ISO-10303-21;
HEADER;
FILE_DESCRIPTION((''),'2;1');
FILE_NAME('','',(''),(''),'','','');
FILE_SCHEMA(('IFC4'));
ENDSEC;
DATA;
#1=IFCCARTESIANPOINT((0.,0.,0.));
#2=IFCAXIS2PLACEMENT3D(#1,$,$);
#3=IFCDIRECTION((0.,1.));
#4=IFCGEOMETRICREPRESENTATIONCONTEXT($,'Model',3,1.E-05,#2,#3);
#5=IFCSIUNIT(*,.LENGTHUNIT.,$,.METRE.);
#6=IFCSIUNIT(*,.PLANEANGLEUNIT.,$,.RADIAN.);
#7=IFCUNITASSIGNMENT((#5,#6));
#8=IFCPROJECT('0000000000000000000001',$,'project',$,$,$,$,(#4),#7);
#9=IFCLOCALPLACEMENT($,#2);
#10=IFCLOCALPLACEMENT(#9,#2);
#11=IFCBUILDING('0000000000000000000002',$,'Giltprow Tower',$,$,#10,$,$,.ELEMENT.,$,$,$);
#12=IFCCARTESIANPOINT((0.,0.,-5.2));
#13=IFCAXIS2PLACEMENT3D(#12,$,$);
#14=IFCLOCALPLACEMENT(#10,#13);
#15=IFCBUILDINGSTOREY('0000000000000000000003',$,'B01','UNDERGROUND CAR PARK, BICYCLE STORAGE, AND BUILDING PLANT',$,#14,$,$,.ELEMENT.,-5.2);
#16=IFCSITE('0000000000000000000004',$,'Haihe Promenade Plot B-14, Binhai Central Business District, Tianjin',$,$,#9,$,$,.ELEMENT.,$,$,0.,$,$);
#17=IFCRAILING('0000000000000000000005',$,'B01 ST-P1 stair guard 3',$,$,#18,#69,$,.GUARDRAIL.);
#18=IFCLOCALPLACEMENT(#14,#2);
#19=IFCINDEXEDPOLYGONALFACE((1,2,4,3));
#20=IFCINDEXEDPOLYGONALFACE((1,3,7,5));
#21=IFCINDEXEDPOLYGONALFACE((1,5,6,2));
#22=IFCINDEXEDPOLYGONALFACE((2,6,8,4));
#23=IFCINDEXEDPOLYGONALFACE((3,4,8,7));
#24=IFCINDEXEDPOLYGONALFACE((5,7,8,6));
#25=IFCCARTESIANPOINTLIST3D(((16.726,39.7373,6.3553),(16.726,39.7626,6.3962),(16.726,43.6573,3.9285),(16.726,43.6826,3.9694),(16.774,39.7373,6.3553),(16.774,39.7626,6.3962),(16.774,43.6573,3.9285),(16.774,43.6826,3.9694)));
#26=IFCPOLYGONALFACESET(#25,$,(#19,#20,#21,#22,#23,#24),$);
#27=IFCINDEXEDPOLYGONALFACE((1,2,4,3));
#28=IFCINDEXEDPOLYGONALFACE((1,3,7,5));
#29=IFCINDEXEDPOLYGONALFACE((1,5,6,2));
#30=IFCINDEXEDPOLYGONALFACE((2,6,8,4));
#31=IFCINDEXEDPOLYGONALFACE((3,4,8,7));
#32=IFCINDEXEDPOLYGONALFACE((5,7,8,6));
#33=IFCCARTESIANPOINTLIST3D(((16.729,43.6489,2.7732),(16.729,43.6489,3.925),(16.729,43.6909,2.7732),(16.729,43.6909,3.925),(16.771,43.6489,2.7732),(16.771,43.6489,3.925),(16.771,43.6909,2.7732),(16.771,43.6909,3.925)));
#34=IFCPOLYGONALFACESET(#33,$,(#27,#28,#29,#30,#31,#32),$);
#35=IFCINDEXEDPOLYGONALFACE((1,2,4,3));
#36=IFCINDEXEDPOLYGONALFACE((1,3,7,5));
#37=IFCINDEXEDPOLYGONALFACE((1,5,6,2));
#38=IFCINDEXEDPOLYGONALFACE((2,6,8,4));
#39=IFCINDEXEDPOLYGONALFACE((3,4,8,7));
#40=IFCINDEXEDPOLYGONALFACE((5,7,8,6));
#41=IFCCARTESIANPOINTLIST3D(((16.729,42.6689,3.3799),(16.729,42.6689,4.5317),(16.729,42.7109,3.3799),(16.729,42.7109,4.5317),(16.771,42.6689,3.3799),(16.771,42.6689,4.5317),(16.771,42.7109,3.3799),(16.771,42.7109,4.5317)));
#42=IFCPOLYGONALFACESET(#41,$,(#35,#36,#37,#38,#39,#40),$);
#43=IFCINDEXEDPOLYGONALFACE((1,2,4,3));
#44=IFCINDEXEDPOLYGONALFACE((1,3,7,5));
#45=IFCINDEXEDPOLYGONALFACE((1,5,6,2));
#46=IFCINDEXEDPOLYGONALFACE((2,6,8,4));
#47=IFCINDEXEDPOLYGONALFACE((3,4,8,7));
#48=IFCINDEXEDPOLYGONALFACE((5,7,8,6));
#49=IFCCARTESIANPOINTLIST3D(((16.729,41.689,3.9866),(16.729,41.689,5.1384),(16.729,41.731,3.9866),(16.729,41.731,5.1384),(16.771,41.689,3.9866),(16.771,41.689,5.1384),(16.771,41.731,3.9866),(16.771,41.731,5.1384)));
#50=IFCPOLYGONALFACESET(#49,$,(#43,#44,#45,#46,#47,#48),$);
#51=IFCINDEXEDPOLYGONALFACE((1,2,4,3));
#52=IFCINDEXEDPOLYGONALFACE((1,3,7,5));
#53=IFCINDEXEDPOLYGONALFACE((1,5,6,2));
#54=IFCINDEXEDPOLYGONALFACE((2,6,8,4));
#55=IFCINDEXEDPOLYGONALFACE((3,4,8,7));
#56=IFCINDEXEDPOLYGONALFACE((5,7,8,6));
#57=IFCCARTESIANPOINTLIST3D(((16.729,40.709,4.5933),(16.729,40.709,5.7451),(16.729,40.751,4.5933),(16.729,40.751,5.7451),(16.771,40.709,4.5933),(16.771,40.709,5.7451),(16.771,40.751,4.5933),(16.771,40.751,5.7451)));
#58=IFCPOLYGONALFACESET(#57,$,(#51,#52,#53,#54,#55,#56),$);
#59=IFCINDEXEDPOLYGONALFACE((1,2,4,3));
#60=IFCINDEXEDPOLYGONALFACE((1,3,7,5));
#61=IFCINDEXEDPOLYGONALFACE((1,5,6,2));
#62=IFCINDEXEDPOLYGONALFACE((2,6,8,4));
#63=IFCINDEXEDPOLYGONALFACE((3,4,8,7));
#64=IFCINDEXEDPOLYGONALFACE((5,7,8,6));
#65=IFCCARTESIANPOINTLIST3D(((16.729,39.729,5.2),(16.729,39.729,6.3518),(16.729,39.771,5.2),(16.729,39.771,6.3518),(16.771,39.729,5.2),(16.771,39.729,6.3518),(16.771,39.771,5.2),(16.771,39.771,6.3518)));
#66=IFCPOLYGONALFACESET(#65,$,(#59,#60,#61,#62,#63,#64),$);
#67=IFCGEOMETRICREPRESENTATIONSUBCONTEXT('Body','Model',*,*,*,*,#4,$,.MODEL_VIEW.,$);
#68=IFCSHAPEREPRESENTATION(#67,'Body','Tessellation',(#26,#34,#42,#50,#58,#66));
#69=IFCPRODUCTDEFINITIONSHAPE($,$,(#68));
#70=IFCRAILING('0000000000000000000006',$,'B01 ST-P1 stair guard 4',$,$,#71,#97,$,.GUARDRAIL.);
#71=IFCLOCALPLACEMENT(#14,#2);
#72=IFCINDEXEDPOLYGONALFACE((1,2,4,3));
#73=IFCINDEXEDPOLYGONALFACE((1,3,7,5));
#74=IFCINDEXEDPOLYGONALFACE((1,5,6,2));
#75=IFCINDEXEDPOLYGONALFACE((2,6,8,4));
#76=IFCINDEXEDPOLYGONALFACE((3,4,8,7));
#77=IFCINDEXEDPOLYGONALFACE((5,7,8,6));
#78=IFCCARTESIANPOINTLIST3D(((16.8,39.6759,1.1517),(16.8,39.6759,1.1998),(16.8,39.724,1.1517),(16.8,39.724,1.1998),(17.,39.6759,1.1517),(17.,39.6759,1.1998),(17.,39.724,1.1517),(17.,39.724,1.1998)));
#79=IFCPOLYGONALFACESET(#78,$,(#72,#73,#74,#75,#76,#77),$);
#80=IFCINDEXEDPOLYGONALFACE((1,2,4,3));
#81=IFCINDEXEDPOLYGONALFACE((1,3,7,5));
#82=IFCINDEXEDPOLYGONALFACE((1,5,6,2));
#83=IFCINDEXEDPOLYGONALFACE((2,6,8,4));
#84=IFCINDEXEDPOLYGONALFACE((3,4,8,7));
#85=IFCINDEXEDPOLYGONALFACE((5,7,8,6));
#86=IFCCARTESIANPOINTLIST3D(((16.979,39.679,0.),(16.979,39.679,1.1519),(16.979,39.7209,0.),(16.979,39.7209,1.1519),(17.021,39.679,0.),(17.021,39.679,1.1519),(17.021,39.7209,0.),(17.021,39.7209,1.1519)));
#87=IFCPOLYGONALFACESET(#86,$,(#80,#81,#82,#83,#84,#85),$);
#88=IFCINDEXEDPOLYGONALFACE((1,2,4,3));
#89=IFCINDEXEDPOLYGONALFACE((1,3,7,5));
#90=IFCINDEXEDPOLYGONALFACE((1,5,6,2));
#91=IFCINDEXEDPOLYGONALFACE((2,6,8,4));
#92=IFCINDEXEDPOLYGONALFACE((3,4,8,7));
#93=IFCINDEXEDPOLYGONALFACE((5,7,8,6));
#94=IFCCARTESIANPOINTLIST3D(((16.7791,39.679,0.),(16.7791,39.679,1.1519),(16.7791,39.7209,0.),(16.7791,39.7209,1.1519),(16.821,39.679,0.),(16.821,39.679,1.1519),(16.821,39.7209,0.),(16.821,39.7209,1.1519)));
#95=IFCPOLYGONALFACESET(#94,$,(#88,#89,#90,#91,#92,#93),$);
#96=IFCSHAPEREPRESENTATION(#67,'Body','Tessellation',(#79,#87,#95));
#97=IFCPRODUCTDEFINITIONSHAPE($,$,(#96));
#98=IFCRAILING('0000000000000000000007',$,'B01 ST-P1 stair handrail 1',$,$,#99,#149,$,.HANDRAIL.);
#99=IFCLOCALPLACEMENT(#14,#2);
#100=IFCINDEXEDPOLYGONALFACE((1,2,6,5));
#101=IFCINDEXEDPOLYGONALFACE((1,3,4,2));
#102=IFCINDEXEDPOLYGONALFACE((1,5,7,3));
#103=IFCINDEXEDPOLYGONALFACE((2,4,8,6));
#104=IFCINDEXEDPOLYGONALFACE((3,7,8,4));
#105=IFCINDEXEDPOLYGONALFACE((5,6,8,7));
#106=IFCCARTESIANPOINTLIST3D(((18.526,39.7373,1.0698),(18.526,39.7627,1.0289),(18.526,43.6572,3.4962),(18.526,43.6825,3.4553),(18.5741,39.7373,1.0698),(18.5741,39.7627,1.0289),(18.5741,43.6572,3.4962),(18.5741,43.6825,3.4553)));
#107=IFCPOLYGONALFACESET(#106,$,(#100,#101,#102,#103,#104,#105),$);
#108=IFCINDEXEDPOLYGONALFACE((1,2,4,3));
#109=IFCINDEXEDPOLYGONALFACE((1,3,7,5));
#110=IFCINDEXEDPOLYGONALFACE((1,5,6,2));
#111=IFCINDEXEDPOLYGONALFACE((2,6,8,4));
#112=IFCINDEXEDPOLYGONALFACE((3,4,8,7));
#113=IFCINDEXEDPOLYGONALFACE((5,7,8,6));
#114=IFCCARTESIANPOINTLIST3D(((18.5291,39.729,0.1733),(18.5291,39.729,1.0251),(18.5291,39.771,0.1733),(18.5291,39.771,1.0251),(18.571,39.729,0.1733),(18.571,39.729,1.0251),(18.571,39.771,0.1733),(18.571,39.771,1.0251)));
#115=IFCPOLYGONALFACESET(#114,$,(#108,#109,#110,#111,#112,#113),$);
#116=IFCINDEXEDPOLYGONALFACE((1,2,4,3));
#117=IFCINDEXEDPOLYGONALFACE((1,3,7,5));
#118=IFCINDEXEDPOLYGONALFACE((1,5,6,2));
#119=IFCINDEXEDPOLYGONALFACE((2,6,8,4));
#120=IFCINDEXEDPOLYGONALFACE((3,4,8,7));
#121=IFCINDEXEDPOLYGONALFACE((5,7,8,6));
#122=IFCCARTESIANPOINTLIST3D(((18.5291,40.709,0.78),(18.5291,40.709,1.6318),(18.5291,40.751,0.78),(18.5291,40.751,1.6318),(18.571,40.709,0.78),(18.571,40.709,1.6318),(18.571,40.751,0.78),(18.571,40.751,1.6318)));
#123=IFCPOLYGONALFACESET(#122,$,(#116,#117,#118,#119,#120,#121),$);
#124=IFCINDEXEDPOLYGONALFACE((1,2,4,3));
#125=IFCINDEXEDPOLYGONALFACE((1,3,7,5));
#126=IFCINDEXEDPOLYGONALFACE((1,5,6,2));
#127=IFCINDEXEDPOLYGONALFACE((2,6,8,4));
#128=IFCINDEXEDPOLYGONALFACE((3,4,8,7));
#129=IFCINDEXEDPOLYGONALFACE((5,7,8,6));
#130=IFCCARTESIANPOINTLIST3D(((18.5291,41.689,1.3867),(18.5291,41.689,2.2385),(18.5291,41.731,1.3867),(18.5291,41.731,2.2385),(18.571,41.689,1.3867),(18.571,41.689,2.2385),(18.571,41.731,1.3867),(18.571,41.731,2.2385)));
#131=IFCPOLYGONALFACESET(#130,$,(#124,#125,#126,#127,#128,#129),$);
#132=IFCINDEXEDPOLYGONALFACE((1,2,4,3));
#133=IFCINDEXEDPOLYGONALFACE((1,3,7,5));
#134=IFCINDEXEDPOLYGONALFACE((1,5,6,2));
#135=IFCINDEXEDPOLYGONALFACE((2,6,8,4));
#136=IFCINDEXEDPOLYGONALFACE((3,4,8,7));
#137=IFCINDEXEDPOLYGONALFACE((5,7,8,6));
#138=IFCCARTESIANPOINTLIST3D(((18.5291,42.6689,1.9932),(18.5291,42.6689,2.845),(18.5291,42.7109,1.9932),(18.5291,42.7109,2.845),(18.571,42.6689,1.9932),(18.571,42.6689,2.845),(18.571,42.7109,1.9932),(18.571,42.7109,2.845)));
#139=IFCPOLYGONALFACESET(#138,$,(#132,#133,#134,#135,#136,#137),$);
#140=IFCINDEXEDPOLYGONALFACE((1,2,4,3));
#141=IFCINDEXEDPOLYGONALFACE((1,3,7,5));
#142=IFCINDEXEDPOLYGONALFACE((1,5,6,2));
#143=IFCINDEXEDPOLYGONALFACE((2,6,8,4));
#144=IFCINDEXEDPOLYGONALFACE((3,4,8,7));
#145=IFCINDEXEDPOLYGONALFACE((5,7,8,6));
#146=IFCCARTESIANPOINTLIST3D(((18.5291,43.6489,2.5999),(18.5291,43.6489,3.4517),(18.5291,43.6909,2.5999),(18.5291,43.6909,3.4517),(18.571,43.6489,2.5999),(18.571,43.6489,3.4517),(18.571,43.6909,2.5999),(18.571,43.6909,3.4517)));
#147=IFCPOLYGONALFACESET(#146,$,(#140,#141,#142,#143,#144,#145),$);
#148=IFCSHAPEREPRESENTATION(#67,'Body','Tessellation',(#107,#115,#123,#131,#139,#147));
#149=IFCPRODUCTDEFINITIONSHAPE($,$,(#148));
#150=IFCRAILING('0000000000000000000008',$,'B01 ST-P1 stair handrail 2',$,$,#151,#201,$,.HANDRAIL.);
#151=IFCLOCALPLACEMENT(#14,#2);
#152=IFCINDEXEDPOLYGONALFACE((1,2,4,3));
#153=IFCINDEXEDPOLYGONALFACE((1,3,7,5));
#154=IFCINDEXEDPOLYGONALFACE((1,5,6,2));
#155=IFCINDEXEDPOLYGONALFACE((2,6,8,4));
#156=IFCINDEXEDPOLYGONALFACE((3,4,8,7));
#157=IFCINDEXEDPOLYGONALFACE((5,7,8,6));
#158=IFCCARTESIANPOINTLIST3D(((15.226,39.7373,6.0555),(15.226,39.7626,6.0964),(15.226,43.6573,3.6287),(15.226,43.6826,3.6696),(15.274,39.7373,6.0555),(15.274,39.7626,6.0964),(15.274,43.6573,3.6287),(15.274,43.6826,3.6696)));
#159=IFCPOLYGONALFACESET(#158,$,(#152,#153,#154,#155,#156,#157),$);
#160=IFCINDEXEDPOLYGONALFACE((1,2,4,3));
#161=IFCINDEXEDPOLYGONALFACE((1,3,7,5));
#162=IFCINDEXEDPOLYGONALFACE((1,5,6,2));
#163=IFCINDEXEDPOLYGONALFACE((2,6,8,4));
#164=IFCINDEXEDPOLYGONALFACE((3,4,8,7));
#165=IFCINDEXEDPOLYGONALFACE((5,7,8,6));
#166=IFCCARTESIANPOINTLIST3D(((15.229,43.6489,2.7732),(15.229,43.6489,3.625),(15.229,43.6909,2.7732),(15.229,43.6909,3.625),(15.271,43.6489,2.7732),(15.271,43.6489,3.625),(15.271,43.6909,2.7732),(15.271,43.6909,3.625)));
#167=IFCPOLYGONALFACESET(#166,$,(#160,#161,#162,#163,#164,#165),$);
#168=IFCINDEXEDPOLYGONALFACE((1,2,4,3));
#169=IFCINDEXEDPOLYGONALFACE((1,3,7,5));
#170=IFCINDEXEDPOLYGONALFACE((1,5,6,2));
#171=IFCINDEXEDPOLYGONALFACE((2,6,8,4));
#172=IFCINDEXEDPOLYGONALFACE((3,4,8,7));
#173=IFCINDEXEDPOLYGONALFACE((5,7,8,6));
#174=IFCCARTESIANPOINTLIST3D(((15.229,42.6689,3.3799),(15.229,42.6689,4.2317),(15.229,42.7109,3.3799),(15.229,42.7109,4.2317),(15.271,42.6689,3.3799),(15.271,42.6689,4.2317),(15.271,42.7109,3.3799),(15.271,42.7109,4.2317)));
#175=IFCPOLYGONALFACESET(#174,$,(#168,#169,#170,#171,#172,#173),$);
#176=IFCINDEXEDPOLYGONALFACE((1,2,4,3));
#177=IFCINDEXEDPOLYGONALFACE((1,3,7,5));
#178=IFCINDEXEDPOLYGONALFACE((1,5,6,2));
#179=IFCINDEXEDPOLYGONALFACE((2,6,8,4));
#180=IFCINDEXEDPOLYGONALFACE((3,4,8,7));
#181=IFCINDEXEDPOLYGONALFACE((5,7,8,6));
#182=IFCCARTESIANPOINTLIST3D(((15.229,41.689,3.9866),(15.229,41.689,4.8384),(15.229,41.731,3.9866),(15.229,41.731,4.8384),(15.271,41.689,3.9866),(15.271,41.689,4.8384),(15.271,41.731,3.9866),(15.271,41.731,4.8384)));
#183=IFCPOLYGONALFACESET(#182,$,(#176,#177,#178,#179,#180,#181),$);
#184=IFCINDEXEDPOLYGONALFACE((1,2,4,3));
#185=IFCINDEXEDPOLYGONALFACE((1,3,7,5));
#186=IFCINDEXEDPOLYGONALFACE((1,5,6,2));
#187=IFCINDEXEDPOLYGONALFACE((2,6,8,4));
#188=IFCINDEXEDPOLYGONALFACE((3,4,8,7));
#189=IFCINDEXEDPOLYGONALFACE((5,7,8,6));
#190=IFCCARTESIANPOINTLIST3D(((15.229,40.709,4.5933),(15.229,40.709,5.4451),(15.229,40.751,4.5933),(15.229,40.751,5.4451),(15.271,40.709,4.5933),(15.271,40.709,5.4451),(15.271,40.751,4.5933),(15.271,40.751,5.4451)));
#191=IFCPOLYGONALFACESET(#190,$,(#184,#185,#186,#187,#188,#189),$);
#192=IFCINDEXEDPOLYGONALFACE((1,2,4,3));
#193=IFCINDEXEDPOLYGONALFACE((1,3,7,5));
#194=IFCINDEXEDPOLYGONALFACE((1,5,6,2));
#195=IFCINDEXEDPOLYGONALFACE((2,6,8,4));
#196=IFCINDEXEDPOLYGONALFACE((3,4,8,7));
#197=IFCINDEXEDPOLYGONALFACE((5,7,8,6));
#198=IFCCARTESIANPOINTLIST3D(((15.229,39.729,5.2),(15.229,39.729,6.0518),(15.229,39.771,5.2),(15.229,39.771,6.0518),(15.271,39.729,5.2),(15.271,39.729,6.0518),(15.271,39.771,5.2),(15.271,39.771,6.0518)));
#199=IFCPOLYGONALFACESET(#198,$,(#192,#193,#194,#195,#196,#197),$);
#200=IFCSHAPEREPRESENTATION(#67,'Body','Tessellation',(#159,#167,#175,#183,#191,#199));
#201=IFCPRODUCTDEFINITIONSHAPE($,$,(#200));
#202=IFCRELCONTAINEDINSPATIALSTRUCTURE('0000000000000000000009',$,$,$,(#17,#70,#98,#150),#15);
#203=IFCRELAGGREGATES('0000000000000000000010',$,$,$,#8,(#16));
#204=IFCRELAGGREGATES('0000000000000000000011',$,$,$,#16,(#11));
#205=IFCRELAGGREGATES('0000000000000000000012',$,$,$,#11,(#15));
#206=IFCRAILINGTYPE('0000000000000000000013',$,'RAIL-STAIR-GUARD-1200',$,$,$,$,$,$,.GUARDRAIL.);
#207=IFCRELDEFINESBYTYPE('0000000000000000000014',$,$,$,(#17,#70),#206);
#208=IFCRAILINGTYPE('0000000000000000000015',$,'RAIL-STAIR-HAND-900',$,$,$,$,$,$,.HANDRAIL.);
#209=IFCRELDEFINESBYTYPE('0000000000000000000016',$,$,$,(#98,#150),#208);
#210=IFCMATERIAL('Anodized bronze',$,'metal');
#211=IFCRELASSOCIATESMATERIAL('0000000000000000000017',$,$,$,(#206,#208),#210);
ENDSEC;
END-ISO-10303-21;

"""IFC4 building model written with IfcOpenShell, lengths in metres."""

from ifc_helpers import new_model, si_unit, direction, frame, origin, origin_2d, place, context, subcontext, project, spatial, rectangle, extrude, material, type_object, element, save


model = new_model("IFC4")

# Units and contexts
model_context = context("Model", 3, precision=1e-05, world=origin(), true_north=direction((0.0, 1.0)))
body_context = subcontext(model_context, "Body", "Model", "MODEL_VIEW")
ifc_project = project(units=[si_unit("LENGTHUNIT", "METRE"), si_unit("PLANEANGLEUNIT", "RADIAN")], contexts=[model_context])

# Site, building, storey
site_placement = place(None, origin())
site = spatial("IfcSite", under=ifc_project, at=site_placement, Name="Haihe Promenade Plot B-14, Binhai Central Business District, Tianjin", CompositionType="ELEMENT", RefElevation=0.0)
building_placement = place(site_placement, origin())
building = spatial("IfcBuilding", under=site, at=building_placement, Name="Giltprow Tower", CompositionType="ELEMENT")
storey_placement = place(building_placement, frame((0.0, 0.0, -5.2)))
storey = spatial("IfcBuildingStorey", under=building, at=storey_placement, Name="B01", Description="UNDERGROUND CAR PARK, BICYCLE STORAGE, AND BUILDING PLANT", CompositionType="ELEMENT", Elevation=-5.2)

# Railings
ifc_material_1 = material(Name="Anodized bronze", Category="metal")
railing_type_1 = type_object("IfcRailingType", Name="RAIL-STAIR-GUARD-1200", PredefinedType="GUARDRAIL", material=ifc_material_1)
railing_1_placement = place(storey_placement, frame((16.75, 43.6699, 2.7732)))
element("IfcRailing", 1, at=railing_1_placement, inside=storey, type_object=railing_type_1, Name="B01 ST-P1 stair guard 3", PredefinedType="GUARDRAIL", context=body_context, shape_type="SweptSolid", body=[
    extrude(rectangle(XDim=0.0481, YDim=0.0481, at=origin_2d()), frame((0.0, 0.0, 1.1758), z_axis=(0.0, -0.850252, 0.526376), x_axis=(1.0, 0.0, 0.0)), (0.0, 0.0, 1.0), 4.6104),
    extrude(rectangle(XDim=0.042, YDim=0.042, at=origin_2d()), origin(), (0.0, 0.0, 1.0), 1.1519),
    extrude(rectangle(XDim=0.042, YDim=0.042, at=origin_2d()), frame((0.0, -0.98, 0.6067)), (0.0, 0.0, 1.0), 1.1519),
    extrude(rectangle(XDim=0.042, YDim=0.042, at=origin_2d()), frame((0.0, -1.96, 1.2134)), (0.0, 0.0, 1.0), 1.1519),
    extrude(rectangle(XDim=0.042, YDim=0.042, at=origin_2d()), frame((0.0, -2.9399, 1.8201)), (0.0, 0.0, 1.0), 1.1519),
    extrude(rectangle(XDim=0.042, YDim=0.042, at=origin_2d()), frame((0.0, -3.9199, 2.4268)), (0.0, 0.0, 1.0), 1.1519),
])
railing_2_placement = place(storey_placement, frame((17.0, 39.7, 0.0)))
element("IfcRailing", 2, at=railing_2_placement, inside=storey, type_object=railing_type_1, Name="B01 ST-P1 stair guard 4", PredefinedType="GUARDRAIL", context=body_context, shape_type="SweptSolid", body=[
    extrude(rectangle(XDim=0.0481, YDim=0.0481, at=origin_2d()), frame((0.0, 0.0, 1.1758), z_axis=(-1.0, 0.0, 0.0), x_axis=(0.0, -1.0, 0.0)), (0.0, 0.0, 1.0), 0.2),
    extrude(rectangle(XDim=0.042, YDim=0.042, at=origin_2d()), origin(), (0.0, 0.0, 1.0), 1.1519),
    extrude(rectangle(XDim=0.042, YDim=0.042, at=origin_2d()), frame((-0.2, 0.0, 0.0)), (0.0, 0.0, 1.0), 1.1519),
])
railing_type_2 = type_object("IfcRailingType", Name="RAIL-STAIR-HAND-900", PredefinedType="HANDRAIL", material=ifc_material_1)
railing_3_placement = place(storey_placement, frame((18.55, 39.75, 0.1733)))
element("IfcRailing", 3, at=railing_3_placement, inside=storey, type_object=railing_type_2, Name="B01 ST-P1 stair handrail 1", PredefinedType="HANDRAIL", context=body_context, shape_type="SweptSolid", body=[
    extrude(rectangle(XDim=0.0481, YDim=0.0481, at=origin_2d()), frame((0.0, 0.0, 0.876), z_axis=(0.0, 0.850275, 0.526338), x_axis=(-1.0, 0.0, 0.0)), (0.0, 0.0, 1.0), 4.6101),
    extrude(rectangle(XDim=0.042, YDim=0.042, at=origin_2d()), origin(), (0.0, 0.0, 1.0), 0.8518),
    extrude(rectangle(XDim=0.042, YDim=0.042, at=origin_2d()), frame((0.0, 0.98, 0.6067)), (0.0, 0.0, 1.0), 0.8518),
    extrude(rectangle(XDim=0.042, YDim=0.042, at=origin_2d()), frame((0.0, 1.96, 1.2134)), (0.0, 0.0, 1.0), 0.8518),
    extrude(rectangle(XDim=0.042, YDim=0.042, at=origin_2d()), frame((0.0, 2.9399, 1.8198)), (0.0, 0.0, 1.0), 0.8518),
    extrude(rectangle(XDim=0.042, YDim=0.042, at=origin_2d()), frame((0.0, 3.9199, 2.4265)), (0.0, 0.0, 1.0), 0.8518),
])
railing_4_placement = place(storey_placement, frame((15.25, 43.6699, 2.7732)))
element("IfcRailing", 4, at=railing_4_placement, inside=storey, type_object=railing_type_2, Name="B01 ST-P1 stair handrail 2", PredefinedType="HANDRAIL", context=body_context, shape_type="SweptSolid", body=[
    extrude(rectangle(XDim=0.0481, YDim=0.0481, at=origin_2d()), frame((0.0, 0.0, 0.876), z_axis=(0.0, -0.850252, 0.526376), x_axis=(1.0, 0.0, 0.0)), (0.0, 0.0, 1.0), 4.6104),
    extrude(rectangle(XDim=0.042, YDim=0.042, at=origin_2d()), origin(), (0.0, 0.0, 1.0), 0.8518),
    extrude(rectangle(XDim=0.042, YDim=0.042, at=origin_2d()), frame((0.0, -0.98, 0.6067)), (0.0, 0.0, 1.0), 0.8518),
    extrude(rectangle(XDim=0.042, YDim=0.042, at=origin_2d()), frame((0.0, -1.96, 1.2134)), (0.0, 0.0, 1.0), 0.8518),
    extrude(rectangle(XDim=0.042, YDim=0.042, at=origin_2d()), frame((0.0, -2.9399, 1.8201)), (0.0, 0.0, 1.0), 0.8518),
    extrude(rectangle(XDim=0.042, YDim=0.042, at=origin_2d()), frame((0.0, -3.9199, 2.4268)), (0.0, 0.0, 1.0), 0.8518),
])

save(model, "model.ifc")
